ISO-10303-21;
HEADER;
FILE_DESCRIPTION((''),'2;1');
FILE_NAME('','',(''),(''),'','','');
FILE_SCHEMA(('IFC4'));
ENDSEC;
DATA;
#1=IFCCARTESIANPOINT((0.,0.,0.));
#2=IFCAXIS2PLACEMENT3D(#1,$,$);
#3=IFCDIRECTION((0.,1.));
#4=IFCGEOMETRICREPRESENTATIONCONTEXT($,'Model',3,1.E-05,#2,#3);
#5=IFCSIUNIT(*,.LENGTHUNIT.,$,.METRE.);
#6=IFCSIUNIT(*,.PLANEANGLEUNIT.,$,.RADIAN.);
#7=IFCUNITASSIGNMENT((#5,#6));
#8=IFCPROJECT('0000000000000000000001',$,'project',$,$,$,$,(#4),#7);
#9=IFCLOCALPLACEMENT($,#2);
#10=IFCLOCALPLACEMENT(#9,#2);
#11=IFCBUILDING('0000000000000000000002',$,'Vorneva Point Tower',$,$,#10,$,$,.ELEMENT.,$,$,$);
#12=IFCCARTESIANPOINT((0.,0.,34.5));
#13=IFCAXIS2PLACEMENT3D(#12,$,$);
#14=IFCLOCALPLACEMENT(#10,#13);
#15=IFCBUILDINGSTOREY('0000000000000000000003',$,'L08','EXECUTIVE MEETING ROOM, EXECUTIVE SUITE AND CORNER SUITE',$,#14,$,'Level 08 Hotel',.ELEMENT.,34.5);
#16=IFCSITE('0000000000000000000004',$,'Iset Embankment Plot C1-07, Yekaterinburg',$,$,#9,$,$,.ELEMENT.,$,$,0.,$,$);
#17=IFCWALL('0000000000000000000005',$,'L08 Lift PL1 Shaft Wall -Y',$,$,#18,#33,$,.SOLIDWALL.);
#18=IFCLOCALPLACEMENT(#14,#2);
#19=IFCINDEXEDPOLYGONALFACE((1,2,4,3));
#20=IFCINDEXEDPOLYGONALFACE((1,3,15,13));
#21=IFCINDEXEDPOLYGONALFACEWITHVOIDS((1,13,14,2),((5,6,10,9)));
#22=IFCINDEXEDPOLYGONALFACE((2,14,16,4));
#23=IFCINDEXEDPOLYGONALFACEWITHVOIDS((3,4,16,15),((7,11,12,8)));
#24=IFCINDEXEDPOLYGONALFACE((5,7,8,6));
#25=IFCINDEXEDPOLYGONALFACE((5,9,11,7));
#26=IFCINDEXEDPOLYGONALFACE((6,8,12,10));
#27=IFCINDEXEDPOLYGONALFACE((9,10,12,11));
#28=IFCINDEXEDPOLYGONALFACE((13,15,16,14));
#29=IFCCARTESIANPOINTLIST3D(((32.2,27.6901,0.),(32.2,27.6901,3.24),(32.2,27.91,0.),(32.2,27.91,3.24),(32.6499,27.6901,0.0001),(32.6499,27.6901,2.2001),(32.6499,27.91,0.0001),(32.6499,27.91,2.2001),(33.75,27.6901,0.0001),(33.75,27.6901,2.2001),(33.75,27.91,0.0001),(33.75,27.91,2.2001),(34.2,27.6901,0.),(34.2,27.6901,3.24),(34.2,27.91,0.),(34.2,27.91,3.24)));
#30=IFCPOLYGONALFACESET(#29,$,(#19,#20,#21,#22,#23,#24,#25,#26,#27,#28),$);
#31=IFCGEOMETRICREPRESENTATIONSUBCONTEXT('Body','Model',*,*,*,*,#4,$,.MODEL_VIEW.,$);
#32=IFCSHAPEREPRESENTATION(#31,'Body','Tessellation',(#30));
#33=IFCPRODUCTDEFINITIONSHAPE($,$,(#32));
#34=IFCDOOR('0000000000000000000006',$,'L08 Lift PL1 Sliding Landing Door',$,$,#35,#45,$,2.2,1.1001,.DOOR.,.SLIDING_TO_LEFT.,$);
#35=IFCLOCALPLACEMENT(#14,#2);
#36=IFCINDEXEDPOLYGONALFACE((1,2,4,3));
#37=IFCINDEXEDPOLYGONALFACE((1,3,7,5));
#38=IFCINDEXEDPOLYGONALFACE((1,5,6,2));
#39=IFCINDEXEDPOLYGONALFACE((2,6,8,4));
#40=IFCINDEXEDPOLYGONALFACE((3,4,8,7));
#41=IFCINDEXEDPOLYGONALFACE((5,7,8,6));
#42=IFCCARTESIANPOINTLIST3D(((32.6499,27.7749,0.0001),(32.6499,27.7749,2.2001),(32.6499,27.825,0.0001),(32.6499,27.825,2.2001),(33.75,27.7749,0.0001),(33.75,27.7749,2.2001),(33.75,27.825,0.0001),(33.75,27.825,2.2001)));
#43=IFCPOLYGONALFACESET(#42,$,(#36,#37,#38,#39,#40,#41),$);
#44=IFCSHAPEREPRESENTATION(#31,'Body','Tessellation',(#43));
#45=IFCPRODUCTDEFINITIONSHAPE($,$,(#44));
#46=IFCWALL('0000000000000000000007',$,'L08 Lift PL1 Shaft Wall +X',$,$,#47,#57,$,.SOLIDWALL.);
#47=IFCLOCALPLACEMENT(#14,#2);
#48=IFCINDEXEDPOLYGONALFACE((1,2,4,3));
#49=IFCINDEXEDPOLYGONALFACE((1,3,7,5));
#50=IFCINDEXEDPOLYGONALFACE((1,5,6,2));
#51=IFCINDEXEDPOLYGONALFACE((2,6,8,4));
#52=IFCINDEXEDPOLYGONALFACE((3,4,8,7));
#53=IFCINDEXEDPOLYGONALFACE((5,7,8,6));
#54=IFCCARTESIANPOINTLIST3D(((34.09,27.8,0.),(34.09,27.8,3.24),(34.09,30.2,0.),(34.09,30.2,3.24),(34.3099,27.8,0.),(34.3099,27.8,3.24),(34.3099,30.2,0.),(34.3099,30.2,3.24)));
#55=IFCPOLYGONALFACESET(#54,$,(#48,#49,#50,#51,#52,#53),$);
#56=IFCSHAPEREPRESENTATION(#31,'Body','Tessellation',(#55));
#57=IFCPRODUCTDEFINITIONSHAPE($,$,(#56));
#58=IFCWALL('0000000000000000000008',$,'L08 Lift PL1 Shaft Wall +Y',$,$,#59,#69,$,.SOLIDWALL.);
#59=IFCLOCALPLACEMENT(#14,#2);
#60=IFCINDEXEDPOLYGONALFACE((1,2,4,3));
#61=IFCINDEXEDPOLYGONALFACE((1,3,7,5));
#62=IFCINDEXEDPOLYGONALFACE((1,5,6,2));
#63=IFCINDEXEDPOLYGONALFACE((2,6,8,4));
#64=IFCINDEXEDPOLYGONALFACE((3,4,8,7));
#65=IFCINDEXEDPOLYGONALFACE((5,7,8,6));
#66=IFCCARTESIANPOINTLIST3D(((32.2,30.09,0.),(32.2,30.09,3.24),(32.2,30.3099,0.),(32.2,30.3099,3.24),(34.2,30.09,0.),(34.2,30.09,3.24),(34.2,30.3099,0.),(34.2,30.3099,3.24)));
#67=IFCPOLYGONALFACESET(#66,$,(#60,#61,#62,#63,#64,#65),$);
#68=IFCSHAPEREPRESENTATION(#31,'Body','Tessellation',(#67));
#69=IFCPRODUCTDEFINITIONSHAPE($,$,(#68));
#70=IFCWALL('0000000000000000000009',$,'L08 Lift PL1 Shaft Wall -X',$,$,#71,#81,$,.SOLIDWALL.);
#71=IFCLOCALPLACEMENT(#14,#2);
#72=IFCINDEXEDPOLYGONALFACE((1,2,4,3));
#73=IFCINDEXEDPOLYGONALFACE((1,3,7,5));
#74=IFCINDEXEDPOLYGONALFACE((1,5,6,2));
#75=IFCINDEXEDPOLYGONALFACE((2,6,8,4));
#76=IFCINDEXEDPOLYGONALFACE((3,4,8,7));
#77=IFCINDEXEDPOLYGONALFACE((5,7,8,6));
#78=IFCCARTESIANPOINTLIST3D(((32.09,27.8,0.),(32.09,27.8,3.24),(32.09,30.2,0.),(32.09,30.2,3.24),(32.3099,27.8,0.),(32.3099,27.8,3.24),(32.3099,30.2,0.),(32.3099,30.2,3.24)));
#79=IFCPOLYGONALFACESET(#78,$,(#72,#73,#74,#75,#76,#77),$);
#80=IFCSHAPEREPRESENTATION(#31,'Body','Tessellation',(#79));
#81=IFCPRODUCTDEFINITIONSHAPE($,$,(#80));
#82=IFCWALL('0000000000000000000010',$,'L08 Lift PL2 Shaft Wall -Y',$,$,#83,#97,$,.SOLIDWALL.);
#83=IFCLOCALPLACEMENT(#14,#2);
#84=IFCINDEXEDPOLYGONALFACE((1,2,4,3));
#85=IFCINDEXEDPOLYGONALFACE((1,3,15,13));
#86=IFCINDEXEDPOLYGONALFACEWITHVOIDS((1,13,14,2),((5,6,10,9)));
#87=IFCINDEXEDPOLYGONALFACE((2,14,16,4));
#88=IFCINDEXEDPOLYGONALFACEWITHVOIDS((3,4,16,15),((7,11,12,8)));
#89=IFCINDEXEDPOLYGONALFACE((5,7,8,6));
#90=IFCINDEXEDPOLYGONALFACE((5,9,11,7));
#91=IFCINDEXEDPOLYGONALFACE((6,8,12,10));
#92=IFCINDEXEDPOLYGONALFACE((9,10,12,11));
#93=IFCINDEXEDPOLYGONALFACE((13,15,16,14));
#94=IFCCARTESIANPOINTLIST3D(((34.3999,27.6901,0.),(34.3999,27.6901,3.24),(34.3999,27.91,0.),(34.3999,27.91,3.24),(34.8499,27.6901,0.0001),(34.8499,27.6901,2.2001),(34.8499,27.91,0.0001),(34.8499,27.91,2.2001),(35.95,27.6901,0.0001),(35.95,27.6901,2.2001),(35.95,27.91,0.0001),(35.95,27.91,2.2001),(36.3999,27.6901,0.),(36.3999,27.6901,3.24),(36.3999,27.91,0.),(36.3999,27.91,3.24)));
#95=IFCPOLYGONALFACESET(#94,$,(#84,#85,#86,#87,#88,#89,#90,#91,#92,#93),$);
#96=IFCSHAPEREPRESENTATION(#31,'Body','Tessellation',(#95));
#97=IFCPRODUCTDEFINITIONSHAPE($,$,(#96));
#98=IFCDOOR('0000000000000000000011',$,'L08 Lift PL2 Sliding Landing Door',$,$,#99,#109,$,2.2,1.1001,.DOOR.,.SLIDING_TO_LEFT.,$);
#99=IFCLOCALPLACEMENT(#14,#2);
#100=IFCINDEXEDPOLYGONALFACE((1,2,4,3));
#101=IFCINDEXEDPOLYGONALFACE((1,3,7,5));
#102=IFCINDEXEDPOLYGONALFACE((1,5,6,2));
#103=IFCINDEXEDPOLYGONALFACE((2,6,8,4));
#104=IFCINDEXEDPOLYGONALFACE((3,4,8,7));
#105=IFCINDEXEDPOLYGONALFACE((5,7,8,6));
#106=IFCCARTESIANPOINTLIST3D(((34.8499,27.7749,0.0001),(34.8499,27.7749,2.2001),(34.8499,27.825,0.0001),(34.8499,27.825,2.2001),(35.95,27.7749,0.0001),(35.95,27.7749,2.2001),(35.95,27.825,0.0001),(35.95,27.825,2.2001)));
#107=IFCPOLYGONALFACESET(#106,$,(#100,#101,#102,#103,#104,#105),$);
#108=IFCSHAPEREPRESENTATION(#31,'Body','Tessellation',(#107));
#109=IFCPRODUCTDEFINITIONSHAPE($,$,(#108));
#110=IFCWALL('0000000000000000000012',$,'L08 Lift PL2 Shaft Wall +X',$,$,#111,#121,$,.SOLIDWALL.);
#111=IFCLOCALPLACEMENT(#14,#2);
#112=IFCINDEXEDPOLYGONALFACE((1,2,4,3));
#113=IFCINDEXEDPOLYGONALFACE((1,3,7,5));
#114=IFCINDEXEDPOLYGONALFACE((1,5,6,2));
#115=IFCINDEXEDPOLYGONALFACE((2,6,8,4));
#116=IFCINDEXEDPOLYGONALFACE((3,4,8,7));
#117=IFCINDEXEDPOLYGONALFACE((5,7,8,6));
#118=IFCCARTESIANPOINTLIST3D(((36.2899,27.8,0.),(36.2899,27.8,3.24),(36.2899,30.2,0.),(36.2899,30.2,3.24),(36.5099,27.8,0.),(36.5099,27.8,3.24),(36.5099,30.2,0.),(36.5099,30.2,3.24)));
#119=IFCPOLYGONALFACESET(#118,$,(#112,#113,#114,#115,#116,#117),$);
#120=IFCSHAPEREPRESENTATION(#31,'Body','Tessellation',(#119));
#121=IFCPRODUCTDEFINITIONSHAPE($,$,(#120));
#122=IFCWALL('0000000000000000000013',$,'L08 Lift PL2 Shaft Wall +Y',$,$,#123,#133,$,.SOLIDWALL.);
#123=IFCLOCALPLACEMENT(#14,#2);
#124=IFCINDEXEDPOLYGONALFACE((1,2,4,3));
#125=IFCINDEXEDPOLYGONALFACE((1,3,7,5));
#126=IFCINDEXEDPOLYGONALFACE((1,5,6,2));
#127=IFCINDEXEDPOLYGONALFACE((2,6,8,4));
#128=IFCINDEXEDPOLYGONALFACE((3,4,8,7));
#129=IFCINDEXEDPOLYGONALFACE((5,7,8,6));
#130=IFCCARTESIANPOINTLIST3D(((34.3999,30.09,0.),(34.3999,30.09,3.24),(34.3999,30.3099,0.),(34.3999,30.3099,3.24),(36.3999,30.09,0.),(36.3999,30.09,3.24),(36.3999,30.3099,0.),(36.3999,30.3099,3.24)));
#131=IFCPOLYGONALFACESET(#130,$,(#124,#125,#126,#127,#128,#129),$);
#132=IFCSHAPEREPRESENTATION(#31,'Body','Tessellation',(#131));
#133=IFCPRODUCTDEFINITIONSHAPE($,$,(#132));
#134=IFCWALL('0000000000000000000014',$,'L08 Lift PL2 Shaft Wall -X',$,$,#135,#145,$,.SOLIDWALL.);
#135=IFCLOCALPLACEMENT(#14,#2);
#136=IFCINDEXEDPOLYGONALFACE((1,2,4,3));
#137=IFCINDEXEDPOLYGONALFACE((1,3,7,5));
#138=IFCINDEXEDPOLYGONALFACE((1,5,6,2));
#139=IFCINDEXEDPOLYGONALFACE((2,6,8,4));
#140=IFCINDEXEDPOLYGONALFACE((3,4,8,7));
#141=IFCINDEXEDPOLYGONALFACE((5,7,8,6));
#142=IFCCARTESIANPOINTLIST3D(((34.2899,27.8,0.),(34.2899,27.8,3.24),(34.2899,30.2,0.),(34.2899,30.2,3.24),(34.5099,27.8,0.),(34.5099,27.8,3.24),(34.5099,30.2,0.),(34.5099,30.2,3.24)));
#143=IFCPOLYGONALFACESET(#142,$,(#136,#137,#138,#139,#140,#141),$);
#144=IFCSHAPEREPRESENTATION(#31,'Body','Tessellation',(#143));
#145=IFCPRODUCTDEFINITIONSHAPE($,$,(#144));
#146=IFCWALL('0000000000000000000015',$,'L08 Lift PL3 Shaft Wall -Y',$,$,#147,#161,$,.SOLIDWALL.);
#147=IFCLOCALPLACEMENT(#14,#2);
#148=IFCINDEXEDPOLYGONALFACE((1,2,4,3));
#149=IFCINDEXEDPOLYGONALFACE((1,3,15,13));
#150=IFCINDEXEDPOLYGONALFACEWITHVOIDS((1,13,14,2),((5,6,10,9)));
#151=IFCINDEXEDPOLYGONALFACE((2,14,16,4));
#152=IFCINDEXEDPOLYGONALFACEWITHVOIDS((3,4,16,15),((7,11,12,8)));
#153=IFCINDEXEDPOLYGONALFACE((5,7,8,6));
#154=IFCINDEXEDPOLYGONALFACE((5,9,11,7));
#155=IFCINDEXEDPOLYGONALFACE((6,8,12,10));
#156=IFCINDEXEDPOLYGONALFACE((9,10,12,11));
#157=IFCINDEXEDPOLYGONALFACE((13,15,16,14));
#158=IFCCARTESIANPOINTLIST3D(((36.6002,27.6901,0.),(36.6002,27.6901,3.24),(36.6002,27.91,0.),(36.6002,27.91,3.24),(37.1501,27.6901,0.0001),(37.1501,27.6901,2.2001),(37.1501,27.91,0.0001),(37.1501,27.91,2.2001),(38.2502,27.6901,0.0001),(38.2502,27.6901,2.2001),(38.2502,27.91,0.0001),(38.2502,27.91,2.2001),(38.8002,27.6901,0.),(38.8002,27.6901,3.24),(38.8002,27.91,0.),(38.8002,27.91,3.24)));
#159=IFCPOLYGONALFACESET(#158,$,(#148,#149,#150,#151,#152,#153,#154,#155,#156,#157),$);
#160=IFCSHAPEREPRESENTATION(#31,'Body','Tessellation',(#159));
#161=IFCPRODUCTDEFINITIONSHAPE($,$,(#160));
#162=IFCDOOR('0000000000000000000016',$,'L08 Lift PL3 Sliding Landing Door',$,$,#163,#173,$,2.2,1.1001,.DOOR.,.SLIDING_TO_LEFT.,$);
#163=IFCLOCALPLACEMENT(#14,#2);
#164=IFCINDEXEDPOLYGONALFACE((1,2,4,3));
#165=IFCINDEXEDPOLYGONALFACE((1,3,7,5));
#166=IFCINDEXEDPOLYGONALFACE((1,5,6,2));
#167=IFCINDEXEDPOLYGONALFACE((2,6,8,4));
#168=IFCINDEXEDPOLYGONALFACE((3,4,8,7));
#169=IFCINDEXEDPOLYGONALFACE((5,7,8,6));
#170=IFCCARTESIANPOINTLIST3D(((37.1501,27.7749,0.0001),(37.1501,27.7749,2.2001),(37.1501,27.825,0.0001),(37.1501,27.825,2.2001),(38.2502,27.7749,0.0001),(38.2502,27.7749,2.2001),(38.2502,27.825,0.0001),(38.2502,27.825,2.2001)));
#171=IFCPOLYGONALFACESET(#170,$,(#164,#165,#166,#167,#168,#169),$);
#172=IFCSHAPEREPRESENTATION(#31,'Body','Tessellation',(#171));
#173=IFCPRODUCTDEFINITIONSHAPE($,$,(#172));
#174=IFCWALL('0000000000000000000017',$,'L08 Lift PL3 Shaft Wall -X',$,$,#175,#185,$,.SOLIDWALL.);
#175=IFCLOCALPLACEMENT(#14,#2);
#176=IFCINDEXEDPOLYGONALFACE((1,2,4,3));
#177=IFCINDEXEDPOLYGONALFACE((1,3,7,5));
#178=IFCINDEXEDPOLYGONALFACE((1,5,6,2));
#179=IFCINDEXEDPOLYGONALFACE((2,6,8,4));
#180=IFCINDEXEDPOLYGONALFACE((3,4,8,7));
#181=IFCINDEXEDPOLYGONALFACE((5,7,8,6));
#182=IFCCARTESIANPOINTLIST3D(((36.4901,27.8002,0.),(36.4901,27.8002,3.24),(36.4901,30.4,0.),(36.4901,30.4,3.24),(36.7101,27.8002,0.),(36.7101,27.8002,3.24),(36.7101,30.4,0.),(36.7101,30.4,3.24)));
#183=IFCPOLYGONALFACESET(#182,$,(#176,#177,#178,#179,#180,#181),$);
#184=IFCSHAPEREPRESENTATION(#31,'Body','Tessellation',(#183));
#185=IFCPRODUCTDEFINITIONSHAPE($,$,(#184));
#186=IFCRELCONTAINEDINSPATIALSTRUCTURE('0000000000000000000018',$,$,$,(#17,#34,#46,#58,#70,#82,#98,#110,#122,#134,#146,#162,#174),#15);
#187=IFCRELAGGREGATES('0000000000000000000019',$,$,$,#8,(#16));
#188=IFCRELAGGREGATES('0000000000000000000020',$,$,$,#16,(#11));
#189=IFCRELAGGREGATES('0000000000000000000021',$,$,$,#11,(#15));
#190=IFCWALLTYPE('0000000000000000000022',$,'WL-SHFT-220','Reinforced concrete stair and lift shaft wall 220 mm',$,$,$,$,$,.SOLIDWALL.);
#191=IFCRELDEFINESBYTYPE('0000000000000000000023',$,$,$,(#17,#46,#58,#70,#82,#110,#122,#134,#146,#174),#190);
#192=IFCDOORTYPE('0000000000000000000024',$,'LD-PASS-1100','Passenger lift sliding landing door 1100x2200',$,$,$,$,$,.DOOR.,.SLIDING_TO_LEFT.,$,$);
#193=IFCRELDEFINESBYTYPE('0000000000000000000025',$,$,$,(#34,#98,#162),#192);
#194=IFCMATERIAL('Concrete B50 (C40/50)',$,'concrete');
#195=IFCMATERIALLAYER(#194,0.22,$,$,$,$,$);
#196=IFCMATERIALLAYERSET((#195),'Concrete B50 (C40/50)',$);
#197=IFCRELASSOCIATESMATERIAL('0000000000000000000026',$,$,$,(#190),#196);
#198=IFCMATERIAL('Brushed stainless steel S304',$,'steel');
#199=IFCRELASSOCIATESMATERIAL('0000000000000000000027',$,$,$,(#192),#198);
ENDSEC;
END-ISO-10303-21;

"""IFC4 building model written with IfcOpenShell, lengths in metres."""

from ifc_helpers import new_model, si_unit, direction, frame, frame_2d, origin, place, context, subcontext, project, spatial, rectangle, extrude, material, layer, layer_set, type_object, element, fill, save


model = new_model("IFC4")

# Units and contexts
model_context = context("Model", 3, precision=1e-05, world=origin(), true_north=direction((0.0, 1.0)))
body_context = subcontext(model_context, "Body", "Model", "MODEL_VIEW")
ifc_project = project(units=[si_unit("LENGTHUNIT", "METRE"), si_unit("PLANEANGLEUNIT", "RADIAN")], contexts=[model_context])

# Site, building, storey
site_placement = place(None, origin())
site = spatial("IfcSite", under=ifc_project, at=site_placement, Name="Iset Embankment Plot C1-07, Yekaterinburg", CompositionType="ELEMENT", RefElevation=0.0)
building_placement = place(site_placement, origin())
building = spatial("IfcBuilding", under=site, at=building_placement, Name="Vorneva Point Tower", CompositionType="ELEMENT")
storey_placement = place(building_placement, frame((0.0, 0.0, 34.5)))
storey = spatial("IfcBuildingStorey", under=building, at=storey_placement, Name="L08", Description="EXECUTIVE MEETING ROOM, EXECUTIVE SUITE AND CORNER SUITE", LongName="Level 08 Hotel", CompositionType="ELEMENT", Elevation=34.5)

# Shared definitions
ifc_material_1 = material(Name="Brushed stainless steel S304", Category="steel")

# Wall, opening, door
ifc_material_2 = material(Name="Concrete B50 (C40/50)", Category="concrete")
ifc_layer_1 = layer(ifc_material_2, 0.22)
ifc_layer_set_1 = layer_set([ifc_layer_1], Name="Concrete B50 (C40/50)")
wall_type_1 = type_object("IfcWallType", Name="WL-SHFT-220", Description="Reinforced concrete stair and lift shaft wall 220 mm", PredefinedType="SOLIDWALL", material=ifc_layer_set_1)
wall_1_placement = place(storey_placement, frame((32.2, 27.8, 0.0), z_axis=(0.0, 0.0, 1.0), x_axis=(1.0, 0.0, 0.0)))
wall_1 = element("IfcWall", 1, at=wall_1_placement, inside=storey, type_object=wall_type_1, Name="L08 Lift PL1 Shaft Wall -Y", PredefinedType="SOLIDWALL", context=body_context, shape_type="SweptSolid", body=[
    extrude(rectangle(XDim=2.0, YDim=0.22, at=frame_2d((1.0, 0.0))), origin(), (0.0, 0.0, 1.0), 3.24),
])
opening_1_placement = place(wall_1_placement, frame((0.45, 0.0, 0.0)))
opening_1 = element("IfcOpeningElement", 2, at=opening_1_placement, cuts=wall_1, PredefinedType="OPENING", context=body_context, shape_type="SweptSolid", body=[
    extrude(rectangle(XDim=1.1001, YDim=2.2, at=frame_2d((0.55, 1.1001))), frame((0.0, 0.125, 0.0), z_axis=(0.0, -1.0, 0.0), x_axis=(1.0, 0.0, 0.0)), (0.0, 0.0, 1.0), 0.2498),
])
door_type_1 = type_object("IfcDoorType", Name="LD-PASS-1100", Description="Passenger lift sliding landing door 1100x2200", OperationType="SLIDING_TO_LEFT", PredefinedType="DOOR", material=ifc_material_1)
door_1_placement = place(opening_1_placement, origin())
door_1 = element("IfcDoor", 3, at=door_1_placement, inside=storey, type_object=door_type_1, Name="L08 Lift PL1 Sliding Landing Door", OperationType="SLIDING_TO_LEFT", OverallHeight=2.2, OverallWidth=1.1001, PredefinedType="DOOR", context=body_context, shape_type="SweptSolid", body=[
    extrude(rectangle(XDim=1.1001, YDim=2.2, at=frame_2d((0.55, 1.1001))), frame((0.0, 0.0249, 0.0), z_axis=(0.0, -1.0, 0.0), x_axis=(1.0, 0.0, 0.0)), (0.0, 0.0, 1.0), 0.05),
])
fill(opening_1, door_1)

# Walls
wall_2_placement = place(storey_placement, frame((34.2, 27.8, 0.0), z_axis=(0.0, 0.0, 1.0), x_axis=(0.0, 1.0, 0.0)))
element("IfcWall", 4, at=wall_2_placement, inside=storey, type_object=wall_type_1, Name="L08 Lift PL1 Shaft Wall +X", PredefinedType="SOLIDWALL", context=body_context, shape_type="SweptSolid", body=[
    extrude(rectangle(XDim=2.3999, YDim=0.22, at=frame_2d((1.2, 0.0))), origin(), (0.0, 0.0, 1.0), 3.24),
])
wall_3_placement = place(storey_placement, frame((34.2, 30.2, 0.0), z_axis=(0.0, 0.0, 1.0), x_axis=(-1.0, 0.0, 0.0)))
element("IfcWall", 5, at=wall_3_placement, inside=storey, type_object=wall_type_1, Name="L08 Lift PL1 Shaft Wall +Y", PredefinedType="SOLIDWALL", context=body_context, shape_type="SweptSolid", body=[
    extrude(rectangle(XDim=2.0, YDim=0.22, at=frame_2d((1.0, 0.0))), origin(), (0.0, 0.0, 1.0), 3.24),
])
wall_4_placement = place(storey_placement, frame((32.2, 30.2, 0.0), z_axis=(0.0, 0.0, 1.0), x_axis=(0.0, -1.0, 0.0)))
element("IfcWall", 6, at=wall_4_placement, inside=storey, type_object=wall_type_1, Name="L08 Lift PL1 Shaft Wall -X", PredefinedType="SOLIDWALL", context=body_context, shape_type="SweptSolid", body=[
    extrude(rectangle(XDim=2.3999, YDim=0.22, at=frame_2d((1.2, 0.0))), origin(), (0.0, 0.0, 1.0), 3.24),
])

# Wall, opening, door
wall_5_placement = place(storey_placement, frame((34.3999, 27.8, 0.0), z_axis=(0.0, 0.0, 1.0), x_axis=(1.0, 0.0, 0.0)))
wall_5 = element("IfcWall", 7, at=wall_5_placement, inside=storey, type_object=wall_type_1, Name="L08 Lift PL2 Shaft Wall -Y", PredefinedType="SOLIDWALL", context=body_context, shape_type="SweptSolid", body=[
    extrude(rectangle(XDim=2.0, YDim=0.22, at=frame_2d((1.0, 0.0))), origin(), (0.0, 0.0, 1.0), 3.24),
])
opening_2_placement = place(wall_5_placement, frame((0.45, 0.0, 0.0)))
opening_2 = element("IfcOpeningElement", 8, at=opening_2_placement, cuts=wall_5, PredefinedType="OPENING", context=body_context, shape_type="SweptSolid", body=[
    extrude(rectangle(XDim=1.1001, YDim=2.2, at=frame_2d((0.55, 1.1001))), frame((0.0, 0.125, 0.0), z_axis=(0.0, -1.0, 0.0), x_axis=(1.0, 0.0, 0.0)), (0.0, 0.0, 1.0), 0.2498),
])
door_2_placement = place(opening_2_placement, origin())
door_2 = element("IfcDoor", 9, at=door_2_placement, inside=storey, type_object=door_type_1, Name="L08 Lift PL2 Sliding Landing Door", OperationType="SLIDING_TO_LEFT", OverallHeight=2.2, OverallWidth=1.1001, PredefinedType="DOOR", context=body_context, shape_type="SweptSolid", body=[
    extrude(rectangle(XDim=1.1001, YDim=2.2, at=frame_2d((0.55, 1.1001))), frame((0.0, 0.0249, 0.0), z_axis=(0.0, -1.0, 0.0), x_axis=(1.0, 0.0, 0.0)), (0.0, 0.0, 1.0), 0.05),
])
fill(opening_2, door_2)

# Walls
wall_6_placement = place(storey_placement, frame((36.3999, 27.8, 0.0), z_axis=(0.0, 0.0, 1.0), x_axis=(0.0, 1.0, 0.0)))
element("IfcWall", 10, at=wall_6_placement, inside=storey, type_object=wall_type_1, Name="L08 Lift PL2 Shaft Wall +X", PredefinedType="SOLIDWALL", context=body_context, shape_type="SweptSolid", body=[
    extrude(rectangle(XDim=2.3999, YDim=0.22, at=frame_2d((1.2, 0.0))), origin(), (0.0, 0.0, 1.0), 3.24),
])
wall_7_placement = place(storey_placement, frame((36.3999, 30.2, 0.0), z_axis=(0.0, 0.0, 1.0), x_axis=(-1.0, 0.0, 0.0)))
element("IfcWall", 11, at=wall_7_placement, inside=storey, type_object=wall_type_1, Name="L08 Lift PL2 Shaft Wall +Y", PredefinedType="SOLIDWALL", context=body_context, shape_type="SweptSolid", body=[
    extrude(rectangle(XDim=2.0, YDim=0.22, at=frame_2d((1.0, 0.0))), origin(), (0.0, 0.0, 1.0), 3.24),
])
wall_8_placement = place(storey_placement, frame((34.3999, 30.2, 0.0), z_axis=(0.0, 0.0, 1.0), x_axis=(0.0, -1.0, 0.0)))
element("IfcWall", 12, at=wall_8_placement, inside=storey, type_object=wall_type_1, Name="L08 Lift PL2 Shaft Wall -X", PredefinedType="SOLIDWALL", context=body_context, shape_type="SweptSolid", body=[
    extrude(rectangle(XDim=2.3999, YDim=0.22, at=frame_2d((1.2, 0.0))), origin(), (0.0, 0.0, 1.0), 3.24),
])

# Wall, opening, door
wall_9_placement = place(storey_placement, frame((36.6001, 27.8, 0.0), z_axis=(0.0, 0.0, 1.0), x_axis=(1.0, 0.0, 0.0)))
wall_9 = element("IfcWall", 13, at=wall_9_placement, inside=storey, type_object=wall_type_1, Name="L08 Lift PL3 Shaft Wall -Y", PredefinedType="SOLIDWALL", context=body_context, shape_type="SweptSolid", body=[
    extrude(rectangle(XDim=2.2, YDim=0.22, at=frame_2d((1.1001, 0.0))), origin(), (0.0, 0.0, 1.0), 3.24),
])
opening_3_placement = place(wall_9_placement, frame((0.55, 0.0, 0.0)))
opening_3 = element("IfcOpeningElement", 14, at=opening_3_placement, cuts=wall_9, PredefinedType="OPENING", context=body_context, shape_type="SweptSolid", body=[
    extrude(rectangle(XDim=1.1001, YDim=2.2, at=frame_2d((0.55, 1.1001))), frame((0.0, 0.125, 0.0), z_axis=(0.0, -1.0, 0.0), x_axis=(1.0, 0.0, 0.0)), (0.0, 0.0, 1.0), 0.2498),
])
door_3_placement = place(opening_3_placement, origin())
door_3 = element("IfcDoor", 15, at=door_3_placement, inside=storey, type_object=door_type_1, Name="L08 Lift PL3 Sliding Landing Door", OperationType="SLIDING_TO_LEFT", OverallHeight=2.2, OverallWidth=1.1001, PredefinedType="DOOR", context=body_context, shape_type="SweptSolid", body=[
    extrude(rectangle(XDim=1.1001, YDim=2.2, at=frame_2d((0.55, 1.1001))), frame((0.0, 0.0249, 0.0), z_axis=(0.0, -1.0, 0.0), x_axis=(1.0, 0.0, 0.0)), (0.0, 0.0, 1.0), 0.05),
])
fill(opening_3, door_3)

# Wall
wall_10_placement = place(storey_placement, frame((36.6001, 30.3999, 0.0), z_axis=(0.0, 0.0, 1.0), x_axis=(0.0, -1.0, 0.0)))
element("IfcWall", 16, at=wall_10_placement, inside=storey, type_object=wall_type_1, Name="L08 Lift PL3 Shaft Wall -X", PredefinedType="SOLIDWALL", context=body_context, shape_type="SweptSolid", body=[
    extrude(rectangle(XDim=2.5999, YDim=0.22, at=frame_2d((1.2998, 0.0))), origin(), (0.0, 0.0, 1.0), 3.24),
])

save(model, "model.ifc")
